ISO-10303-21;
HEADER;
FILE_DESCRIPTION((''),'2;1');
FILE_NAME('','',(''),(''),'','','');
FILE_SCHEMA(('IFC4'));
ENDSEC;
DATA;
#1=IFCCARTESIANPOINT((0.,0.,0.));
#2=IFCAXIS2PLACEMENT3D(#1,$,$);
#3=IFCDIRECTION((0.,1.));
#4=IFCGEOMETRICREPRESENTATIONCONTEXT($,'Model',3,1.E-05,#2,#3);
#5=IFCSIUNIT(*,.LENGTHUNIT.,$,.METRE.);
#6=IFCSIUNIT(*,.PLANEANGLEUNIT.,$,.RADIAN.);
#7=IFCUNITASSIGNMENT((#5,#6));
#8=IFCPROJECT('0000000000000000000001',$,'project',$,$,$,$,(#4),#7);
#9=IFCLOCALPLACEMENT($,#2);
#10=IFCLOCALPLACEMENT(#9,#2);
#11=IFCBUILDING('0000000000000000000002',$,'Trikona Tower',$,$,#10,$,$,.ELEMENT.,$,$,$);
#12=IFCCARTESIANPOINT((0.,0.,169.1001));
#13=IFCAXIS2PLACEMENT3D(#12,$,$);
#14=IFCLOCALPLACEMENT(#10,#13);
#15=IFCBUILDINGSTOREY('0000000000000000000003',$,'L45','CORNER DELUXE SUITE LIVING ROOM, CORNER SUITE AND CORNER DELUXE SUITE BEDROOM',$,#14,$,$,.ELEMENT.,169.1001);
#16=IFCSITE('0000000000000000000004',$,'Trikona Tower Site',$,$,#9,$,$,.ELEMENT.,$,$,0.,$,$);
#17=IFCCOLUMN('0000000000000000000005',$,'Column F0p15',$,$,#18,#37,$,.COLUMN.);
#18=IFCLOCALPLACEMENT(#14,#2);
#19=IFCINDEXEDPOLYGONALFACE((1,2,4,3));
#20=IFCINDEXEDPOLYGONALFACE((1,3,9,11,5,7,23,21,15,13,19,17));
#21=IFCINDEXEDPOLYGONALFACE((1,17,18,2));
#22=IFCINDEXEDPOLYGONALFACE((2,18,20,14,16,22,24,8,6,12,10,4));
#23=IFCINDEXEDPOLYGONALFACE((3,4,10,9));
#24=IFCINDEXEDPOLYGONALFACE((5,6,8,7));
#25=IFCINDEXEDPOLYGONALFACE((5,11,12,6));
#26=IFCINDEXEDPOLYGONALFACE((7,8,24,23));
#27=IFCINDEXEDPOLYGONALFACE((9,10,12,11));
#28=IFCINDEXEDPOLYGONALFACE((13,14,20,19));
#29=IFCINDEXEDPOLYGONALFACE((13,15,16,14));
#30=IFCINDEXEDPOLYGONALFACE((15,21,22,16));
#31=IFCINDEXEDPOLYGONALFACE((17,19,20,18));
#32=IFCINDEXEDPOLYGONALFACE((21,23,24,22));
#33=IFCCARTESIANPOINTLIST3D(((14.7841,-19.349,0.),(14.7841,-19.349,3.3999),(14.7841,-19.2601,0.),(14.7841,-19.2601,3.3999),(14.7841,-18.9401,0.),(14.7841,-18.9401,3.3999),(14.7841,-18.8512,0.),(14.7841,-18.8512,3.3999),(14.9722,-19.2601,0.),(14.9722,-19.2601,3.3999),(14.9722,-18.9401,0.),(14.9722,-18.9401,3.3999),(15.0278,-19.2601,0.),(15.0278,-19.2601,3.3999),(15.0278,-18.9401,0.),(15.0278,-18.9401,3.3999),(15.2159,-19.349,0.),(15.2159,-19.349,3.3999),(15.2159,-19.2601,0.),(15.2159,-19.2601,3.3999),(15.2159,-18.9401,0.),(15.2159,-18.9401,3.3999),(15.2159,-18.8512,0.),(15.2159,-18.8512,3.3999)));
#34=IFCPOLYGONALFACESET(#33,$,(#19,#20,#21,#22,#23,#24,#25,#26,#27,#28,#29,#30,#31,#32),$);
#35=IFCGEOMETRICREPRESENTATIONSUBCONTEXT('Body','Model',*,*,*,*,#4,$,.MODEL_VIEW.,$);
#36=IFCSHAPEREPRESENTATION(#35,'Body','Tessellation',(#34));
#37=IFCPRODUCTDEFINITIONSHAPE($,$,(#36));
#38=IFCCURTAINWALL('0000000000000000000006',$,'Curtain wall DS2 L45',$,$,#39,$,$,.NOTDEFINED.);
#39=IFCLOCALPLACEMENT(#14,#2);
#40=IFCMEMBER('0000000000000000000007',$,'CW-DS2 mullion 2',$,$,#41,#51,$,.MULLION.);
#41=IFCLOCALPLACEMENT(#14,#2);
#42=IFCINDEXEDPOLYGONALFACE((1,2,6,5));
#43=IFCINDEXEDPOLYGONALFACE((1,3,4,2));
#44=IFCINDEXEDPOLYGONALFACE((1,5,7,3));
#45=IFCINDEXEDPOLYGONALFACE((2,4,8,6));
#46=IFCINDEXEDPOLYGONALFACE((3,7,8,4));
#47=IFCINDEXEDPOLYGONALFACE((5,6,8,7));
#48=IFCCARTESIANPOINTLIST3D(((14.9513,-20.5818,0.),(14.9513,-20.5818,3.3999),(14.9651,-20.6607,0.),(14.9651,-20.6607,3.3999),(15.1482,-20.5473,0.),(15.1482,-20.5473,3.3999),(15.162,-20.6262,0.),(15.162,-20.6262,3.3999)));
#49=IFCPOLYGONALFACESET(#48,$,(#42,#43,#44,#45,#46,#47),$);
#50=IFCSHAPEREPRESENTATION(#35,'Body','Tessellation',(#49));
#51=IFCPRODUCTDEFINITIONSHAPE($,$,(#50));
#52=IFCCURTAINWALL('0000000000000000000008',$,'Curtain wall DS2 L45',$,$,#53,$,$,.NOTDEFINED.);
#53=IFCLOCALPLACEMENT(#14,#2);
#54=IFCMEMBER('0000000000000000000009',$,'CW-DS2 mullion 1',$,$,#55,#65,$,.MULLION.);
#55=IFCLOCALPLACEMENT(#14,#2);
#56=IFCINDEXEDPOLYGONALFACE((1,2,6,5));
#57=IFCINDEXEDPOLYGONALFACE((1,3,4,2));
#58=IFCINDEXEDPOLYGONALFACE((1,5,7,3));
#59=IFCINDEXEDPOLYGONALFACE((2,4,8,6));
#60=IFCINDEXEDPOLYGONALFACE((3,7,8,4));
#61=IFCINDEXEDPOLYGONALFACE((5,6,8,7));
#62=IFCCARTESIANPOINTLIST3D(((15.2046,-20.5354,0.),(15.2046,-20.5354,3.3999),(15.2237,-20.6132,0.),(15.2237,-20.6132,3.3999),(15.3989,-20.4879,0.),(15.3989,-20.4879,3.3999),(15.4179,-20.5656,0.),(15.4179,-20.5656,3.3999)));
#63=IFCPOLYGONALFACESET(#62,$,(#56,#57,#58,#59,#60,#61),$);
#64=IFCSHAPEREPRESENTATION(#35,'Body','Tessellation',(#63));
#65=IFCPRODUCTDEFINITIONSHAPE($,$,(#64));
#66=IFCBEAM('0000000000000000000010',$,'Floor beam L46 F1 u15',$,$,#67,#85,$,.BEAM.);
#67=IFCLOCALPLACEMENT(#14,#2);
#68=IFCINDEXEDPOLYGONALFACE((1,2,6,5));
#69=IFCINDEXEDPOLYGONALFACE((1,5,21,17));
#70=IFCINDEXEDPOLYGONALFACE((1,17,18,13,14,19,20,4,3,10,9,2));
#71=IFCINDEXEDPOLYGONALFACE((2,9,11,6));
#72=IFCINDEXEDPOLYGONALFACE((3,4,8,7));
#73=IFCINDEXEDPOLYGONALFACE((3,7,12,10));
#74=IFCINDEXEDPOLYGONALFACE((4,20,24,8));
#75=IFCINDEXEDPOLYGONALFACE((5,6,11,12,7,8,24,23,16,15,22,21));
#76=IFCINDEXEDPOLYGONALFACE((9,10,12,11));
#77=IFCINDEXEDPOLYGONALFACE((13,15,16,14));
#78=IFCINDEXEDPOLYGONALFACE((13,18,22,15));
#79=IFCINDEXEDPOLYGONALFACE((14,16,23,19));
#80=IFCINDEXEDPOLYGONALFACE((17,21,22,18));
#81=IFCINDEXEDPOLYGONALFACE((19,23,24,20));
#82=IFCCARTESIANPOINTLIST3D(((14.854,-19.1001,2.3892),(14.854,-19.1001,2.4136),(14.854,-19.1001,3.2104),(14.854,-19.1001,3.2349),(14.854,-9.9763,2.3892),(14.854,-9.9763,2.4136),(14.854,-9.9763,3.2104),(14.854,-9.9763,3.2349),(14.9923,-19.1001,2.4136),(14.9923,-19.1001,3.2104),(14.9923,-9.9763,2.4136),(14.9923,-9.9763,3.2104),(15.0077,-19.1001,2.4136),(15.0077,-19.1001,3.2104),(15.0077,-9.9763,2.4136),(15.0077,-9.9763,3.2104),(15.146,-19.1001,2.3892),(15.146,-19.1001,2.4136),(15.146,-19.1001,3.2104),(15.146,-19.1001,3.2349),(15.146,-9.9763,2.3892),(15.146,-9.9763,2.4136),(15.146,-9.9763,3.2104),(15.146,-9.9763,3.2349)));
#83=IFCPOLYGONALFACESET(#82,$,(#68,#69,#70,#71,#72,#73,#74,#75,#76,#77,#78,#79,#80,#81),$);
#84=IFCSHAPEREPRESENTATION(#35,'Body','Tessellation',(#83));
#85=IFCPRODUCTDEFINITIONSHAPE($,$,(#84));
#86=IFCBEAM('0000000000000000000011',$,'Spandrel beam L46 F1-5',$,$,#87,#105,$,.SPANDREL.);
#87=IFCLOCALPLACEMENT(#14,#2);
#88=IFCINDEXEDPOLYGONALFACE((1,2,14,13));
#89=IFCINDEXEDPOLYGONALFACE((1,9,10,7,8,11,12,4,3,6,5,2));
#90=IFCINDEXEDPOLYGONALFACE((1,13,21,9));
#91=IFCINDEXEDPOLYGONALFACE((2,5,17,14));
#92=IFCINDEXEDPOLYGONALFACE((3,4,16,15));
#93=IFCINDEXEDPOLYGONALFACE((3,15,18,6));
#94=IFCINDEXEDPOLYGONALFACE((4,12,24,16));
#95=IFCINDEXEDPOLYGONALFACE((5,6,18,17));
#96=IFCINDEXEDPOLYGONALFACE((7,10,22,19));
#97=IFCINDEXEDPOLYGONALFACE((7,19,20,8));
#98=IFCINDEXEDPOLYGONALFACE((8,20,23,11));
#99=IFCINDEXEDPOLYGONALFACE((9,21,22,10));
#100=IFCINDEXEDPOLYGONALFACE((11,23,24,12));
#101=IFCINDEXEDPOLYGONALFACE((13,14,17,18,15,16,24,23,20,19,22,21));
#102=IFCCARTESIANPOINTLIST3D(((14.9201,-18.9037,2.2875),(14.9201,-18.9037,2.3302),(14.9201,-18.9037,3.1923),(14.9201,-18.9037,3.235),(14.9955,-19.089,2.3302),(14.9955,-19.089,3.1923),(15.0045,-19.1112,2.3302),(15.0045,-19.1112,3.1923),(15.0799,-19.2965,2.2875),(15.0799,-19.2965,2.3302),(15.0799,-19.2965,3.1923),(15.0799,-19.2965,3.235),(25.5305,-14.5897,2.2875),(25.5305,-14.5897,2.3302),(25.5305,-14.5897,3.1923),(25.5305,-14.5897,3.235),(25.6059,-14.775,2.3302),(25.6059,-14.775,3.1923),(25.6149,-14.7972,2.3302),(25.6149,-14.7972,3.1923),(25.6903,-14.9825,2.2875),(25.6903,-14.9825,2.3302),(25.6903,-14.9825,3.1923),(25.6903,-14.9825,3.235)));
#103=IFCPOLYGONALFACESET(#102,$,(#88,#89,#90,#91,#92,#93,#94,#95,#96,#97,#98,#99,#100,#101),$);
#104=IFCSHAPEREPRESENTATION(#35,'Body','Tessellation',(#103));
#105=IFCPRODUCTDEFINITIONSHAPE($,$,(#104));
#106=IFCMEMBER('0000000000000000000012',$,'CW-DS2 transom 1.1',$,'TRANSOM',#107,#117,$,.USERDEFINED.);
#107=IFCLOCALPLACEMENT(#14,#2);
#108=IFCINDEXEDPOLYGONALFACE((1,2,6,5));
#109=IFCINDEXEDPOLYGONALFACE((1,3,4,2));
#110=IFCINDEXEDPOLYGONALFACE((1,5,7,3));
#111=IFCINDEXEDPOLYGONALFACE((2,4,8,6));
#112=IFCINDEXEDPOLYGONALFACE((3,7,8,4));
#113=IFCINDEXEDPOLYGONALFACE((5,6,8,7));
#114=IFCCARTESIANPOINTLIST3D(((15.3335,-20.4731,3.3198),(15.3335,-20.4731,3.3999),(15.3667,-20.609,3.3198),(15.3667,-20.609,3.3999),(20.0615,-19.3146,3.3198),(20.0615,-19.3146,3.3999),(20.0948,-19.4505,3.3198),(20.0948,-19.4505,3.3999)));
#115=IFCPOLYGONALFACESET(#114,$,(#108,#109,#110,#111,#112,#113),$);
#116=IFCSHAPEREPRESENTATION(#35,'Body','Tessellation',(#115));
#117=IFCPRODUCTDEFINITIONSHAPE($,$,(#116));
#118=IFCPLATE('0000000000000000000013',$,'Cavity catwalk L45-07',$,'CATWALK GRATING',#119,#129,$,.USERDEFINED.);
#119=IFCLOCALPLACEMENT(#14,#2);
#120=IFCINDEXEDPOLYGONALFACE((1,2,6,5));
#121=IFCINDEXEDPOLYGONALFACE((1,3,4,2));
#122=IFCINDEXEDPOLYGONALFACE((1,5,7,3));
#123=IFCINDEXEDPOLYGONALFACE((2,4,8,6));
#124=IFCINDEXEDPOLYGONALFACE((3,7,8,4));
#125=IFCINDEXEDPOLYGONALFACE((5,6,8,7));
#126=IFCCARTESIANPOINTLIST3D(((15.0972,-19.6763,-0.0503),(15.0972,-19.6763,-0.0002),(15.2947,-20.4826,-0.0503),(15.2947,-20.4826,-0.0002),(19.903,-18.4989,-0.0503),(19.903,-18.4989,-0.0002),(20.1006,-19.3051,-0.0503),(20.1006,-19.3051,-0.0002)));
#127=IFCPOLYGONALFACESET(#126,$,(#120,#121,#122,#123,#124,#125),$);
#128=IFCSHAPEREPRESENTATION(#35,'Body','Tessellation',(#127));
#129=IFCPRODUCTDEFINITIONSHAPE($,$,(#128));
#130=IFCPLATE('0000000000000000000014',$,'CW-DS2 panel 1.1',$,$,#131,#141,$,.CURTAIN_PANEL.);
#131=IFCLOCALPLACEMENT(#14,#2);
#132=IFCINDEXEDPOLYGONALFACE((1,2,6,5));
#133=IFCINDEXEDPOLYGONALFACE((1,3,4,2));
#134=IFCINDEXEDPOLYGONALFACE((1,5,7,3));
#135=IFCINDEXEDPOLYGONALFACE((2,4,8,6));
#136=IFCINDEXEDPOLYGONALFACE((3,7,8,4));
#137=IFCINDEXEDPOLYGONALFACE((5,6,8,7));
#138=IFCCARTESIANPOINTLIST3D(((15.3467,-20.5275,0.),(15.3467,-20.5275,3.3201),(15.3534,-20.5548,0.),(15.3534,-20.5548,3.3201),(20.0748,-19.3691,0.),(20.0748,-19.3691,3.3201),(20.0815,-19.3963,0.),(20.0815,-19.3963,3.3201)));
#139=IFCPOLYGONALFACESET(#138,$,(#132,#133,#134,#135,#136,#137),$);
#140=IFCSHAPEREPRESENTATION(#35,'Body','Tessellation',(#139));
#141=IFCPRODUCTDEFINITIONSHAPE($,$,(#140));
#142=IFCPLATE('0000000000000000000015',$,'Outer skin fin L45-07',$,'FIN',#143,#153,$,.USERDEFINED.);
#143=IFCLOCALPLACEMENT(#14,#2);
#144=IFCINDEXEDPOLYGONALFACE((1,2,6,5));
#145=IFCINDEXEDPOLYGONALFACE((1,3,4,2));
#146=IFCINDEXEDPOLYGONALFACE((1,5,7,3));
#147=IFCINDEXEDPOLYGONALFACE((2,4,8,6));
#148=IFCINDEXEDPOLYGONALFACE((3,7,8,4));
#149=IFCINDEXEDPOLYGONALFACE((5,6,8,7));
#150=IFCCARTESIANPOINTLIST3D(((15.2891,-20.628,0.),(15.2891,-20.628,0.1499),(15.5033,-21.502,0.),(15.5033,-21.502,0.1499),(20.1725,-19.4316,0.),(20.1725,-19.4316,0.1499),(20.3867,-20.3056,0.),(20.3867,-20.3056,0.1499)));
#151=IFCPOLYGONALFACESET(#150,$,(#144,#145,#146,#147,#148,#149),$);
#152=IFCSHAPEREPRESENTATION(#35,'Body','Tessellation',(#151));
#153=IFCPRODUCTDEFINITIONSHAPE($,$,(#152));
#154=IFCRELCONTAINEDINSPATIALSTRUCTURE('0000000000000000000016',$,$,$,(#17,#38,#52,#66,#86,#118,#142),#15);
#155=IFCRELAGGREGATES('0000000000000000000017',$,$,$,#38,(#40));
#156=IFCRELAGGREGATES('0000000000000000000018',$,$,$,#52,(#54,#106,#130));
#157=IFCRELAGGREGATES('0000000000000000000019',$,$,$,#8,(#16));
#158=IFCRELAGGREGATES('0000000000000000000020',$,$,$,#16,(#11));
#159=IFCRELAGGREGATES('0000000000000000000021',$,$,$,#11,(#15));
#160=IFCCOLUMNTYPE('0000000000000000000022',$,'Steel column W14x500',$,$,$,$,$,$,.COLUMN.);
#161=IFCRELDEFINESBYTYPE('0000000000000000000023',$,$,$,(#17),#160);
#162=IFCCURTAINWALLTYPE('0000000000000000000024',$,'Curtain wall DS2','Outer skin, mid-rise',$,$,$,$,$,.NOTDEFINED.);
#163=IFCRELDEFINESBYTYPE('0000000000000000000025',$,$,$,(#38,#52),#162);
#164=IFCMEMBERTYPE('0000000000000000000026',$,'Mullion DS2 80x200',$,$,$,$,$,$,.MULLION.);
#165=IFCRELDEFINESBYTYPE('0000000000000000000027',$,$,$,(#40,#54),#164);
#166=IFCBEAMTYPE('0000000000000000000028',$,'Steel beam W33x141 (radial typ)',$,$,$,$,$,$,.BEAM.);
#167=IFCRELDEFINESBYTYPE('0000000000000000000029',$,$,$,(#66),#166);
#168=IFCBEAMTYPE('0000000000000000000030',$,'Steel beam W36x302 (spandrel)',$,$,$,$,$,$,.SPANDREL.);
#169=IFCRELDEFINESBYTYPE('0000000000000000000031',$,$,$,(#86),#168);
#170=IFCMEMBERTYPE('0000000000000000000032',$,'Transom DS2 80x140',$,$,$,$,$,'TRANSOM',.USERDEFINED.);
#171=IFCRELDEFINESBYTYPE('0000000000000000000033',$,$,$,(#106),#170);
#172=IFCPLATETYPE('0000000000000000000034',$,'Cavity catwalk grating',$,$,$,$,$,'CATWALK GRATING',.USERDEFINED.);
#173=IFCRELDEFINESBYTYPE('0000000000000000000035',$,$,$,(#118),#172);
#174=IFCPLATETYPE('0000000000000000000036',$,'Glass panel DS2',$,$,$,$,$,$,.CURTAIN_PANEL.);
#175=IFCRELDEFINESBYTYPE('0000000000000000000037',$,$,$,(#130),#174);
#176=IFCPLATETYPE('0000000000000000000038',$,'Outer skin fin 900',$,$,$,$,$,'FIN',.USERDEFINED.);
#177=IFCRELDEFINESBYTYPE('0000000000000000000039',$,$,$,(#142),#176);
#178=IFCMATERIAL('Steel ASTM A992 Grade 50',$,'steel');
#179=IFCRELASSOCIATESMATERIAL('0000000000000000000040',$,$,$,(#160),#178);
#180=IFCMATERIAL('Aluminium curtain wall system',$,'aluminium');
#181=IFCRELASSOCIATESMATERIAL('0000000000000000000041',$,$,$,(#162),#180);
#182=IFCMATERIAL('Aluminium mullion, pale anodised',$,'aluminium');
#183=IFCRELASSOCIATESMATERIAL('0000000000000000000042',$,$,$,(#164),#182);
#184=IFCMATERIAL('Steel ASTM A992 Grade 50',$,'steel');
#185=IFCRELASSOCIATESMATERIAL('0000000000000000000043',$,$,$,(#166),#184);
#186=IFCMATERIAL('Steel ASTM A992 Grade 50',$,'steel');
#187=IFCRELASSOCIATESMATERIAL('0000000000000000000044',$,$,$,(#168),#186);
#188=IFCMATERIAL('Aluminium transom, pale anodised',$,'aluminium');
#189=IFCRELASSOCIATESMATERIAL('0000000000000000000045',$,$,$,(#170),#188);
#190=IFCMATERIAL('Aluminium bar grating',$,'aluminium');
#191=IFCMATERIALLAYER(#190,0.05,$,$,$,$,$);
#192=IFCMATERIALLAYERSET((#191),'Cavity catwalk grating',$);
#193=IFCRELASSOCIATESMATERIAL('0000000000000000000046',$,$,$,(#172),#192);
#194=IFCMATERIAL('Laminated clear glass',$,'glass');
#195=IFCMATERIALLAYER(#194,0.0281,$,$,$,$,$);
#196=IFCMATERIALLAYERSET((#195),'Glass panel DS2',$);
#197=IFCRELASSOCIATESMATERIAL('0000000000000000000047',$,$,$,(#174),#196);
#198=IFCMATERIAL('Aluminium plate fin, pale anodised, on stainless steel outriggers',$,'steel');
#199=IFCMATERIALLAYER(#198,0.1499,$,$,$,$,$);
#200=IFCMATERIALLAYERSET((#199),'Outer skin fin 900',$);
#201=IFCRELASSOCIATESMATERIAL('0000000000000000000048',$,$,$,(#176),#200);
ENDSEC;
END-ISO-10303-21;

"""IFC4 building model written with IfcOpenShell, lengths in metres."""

from ifc_helpers import new_model, si_unit, direction, frame, origin, origin_2d, place, context, subcontext, project, spatial, rectangle, i_section, extrude, material, layer, layer_set, material_profile, profile_set, type_object, element, aggregate, save


model = new_model("IFC4")

# Units and contexts
model_context = context("Model", 3, precision=1e-05, world=origin(), true_north=direction((0.0, 1.0)))
body_context = subcontext(model_context, "Body", "Model", "MODEL_VIEW")
ifc_project = project(units=[si_unit("LENGTHUNIT", "METRE"), si_unit("PLANEANGLEUNIT", "RADIAN")], contexts=[model_context])

# Site, building, storey
site_placement = place(None, origin())
site = spatial("IfcSite", under=ifc_project, at=site_placement, Name="Trikona Tower Site", CompositionType="ELEMENT", RefElevation=0.0)
building_placement = place(site_placement, origin())
building = spatial("IfcBuilding", under=site, at=building_placement, Name="Trikona Tower", CompositionType="ELEMENT")
storey_placement = place(building_placement, frame((0.0, 0.0, 169.1001)))
storey = spatial("IfcBuildingStorey", under=building, at=storey_placement, Name="L45", Description="CORNER DELUXE SUITE LIVING ROOM, CORNER SUITE AND CORNER DELUXE SUITE BEDROOM", CompositionType="ELEMENT", Elevation=169.1001)

# Column
ifc_material_1 = material(Name="Steel ASTM A992 Grade 50", Category="steel")
ifc_material_profile_1 = material_profile(ifc_material_1, i_section(OverallWidth=0.4319, OverallDepth=0.4978, WebThickness=0.0557, FlangeThickness=0.0889, at=origin_2d()), Name="W14X500")
ifc_profile_set_1 = profile_set([ifc_material_profile_1], Name="Steel ASTM A992 Grade 50")
column_type = type_object("IfcColumnType", Name="Steel column W14x500", PredefinedType="COLUMN", material=ifc_profile_set_1)
column_placement = place(storey_placement, frame((15.0, -19.1001, 0.0), z_axis=(0.0, 0.0, 1.0), x_axis=(1.0, 0.0, 0.0)))
element("IfcColumn", 1, at=column_placement, inside=storey, type_object=column_type, Name="Column F0p15", PredefinedType="COLUMN", context=body_context, shape_type="SweptSolid", body=[
    extrude(i_section(OverallWidth=0.4319, OverallDepth=0.4978, WebThickness=0.0557, FlangeThickness=0.0889, at=origin_2d()), origin(), (0.0, 0.0, 1.0), 3.3999),
])

# Curtain walls, members
ifc_material_2 = material(Name="Aluminium curtain wall system", Category="aluminium")
curtain_wall_type = type_object("IfcCurtainWallType", Name="Curtain wall DS2", Description="Outer skin, mid-rise", PredefinedType="NOTDEFINED", material=ifc_material_2)
curtain_wall_1_placement = place(storey_placement, origin())
curtain_wall_1 = element("IfcCurtainWall", 2, at=curtain_wall_1_placement, inside=storey, type_object=curtain_wall_type, Name="Curtain wall DS2 L45", PredefinedType="NOTDEFINED")
ifc_material_3 = material(Name="Aluminium mullion, pale anodised", Category="aluminium")
ifc_material_profile_2 = material_profile(ifc_material_3, rectangle(XDim=0.0801, YDim=0.2, at=origin_2d()), Name="MUL-DS2")
ifc_profile_set_2 = profile_set([ifc_material_profile_2], Name="Aluminium mullion, pale anodised")
member_type_1 = type_object("IfcMemberType", Name="Mullion DS2 80x200", PredefinedType="MULLION", material=ifc_profile_set_2)
member_1_placement = place(storey_placement, frame((15.0566, -20.604, 0.0), z_axis=(0.0, 0.0, 1.0), x_axis=(-0.172377, 0.985031, 0.0)))
member_1 = element("IfcMember", 3, at=member_1_placement, type_object=member_type_1, Name="CW-DS2 mullion 2", PredefinedType="MULLION", context=body_context, shape_type="SweptSolid", body=[
    extrude(rectangle(XDim=0.0801, YDim=0.2, at=origin_2d()), origin(), (0.0, 0.0, 1.0), 3.3999),
])
aggregate(curtain_wall_1, [member_1])
curtain_wall_2_placement = place(storey_placement, origin())
curtain_wall_2 = element("IfcCurtainWall", 4, at=curtain_wall_2_placement, inside=storey, type_object=curtain_wall_type, Name="Curtain wall DS2 L45", PredefinedType="NOTDEFINED")
member_2_placement = place(storey_placement, frame((15.3113, -20.5505, 0.0), z_axis=(0.0, 0.0, 1.0), x_axis=(-0.23797, 0.971272, 0.0)))
member_2 = element("IfcMember", 5, at=member_2_placement, type_object=member_type_1, Name="CW-DS2 mullion 1", PredefinedType="MULLION", context=body_context, shape_type="SweptSolid", body=[
    extrude(rectangle(XDim=0.0801, YDim=0.2, at=origin_2d()), origin(), (0.0, 0.0, 1.0), 3.3999),
])

# Beams
ifc_material_4 = material(Name="Steel ASTM A992 Grade 50", Category="steel")
ifc_material_profile_3 = material_profile(ifc_material_4, i_section(OverallWidth=0.292, OverallDepth=0.8457, WebThickness=0.0154, FlangeThickness=0.0244, at=origin_2d()), Name="W33X141")
ifc_profile_set_3 = profile_set([ifc_material_profile_3], Name="Steel ASTM A992 Grade 50")
beam_type_1 = type_object("IfcBeamType", Name="Steel beam W33x141 (radial typ)", PredefinedType="BEAM", material=ifc_profile_set_3)
beam_1_placement = place(storey_placement, frame((15.0, -9.9763, 2.812), z_axis=(0.0, -1.0, 0.0), x_axis=(1.0, 0.0, 0.0)))
element("IfcBeam", 6, at=beam_1_placement, inside=storey, type_object=beam_type_1, Name="Floor beam L46 F1 u15", PredefinedType="BEAM", context=body_context, shape_type="SweptSolid", body=[
    extrude(i_section(OverallWidth=0.292, OverallDepth=0.8457, WebThickness=0.0154, FlangeThickness=0.0244, at=origin_2d()), origin(), (0.0, 0.0, 1.0), 9.1238),
])
ifc_material_5 = material(Name="Steel ASTM A992 Grade 50", Category="steel")
ifc_material_profile_4 = material_profile(ifc_material_5, i_section(OverallWidth=0.4241, OverallDepth=0.9475, WebThickness=0.0239, FlangeThickness=0.0427, at=origin_2d()), Name="W36X302")
ifc_profile_set_4 = profile_set([ifc_material_profile_4], Name="Steel ASTM A992 Grade 50")
beam_type_2 = type_object("IfcBeamType", Name="Steel beam W36x302 (spandrel)", PredefinedType="SPANDREL", material=ifc_profile_set_4)
beam_2_placement = place(storey_placement, frame((15.0, -19.1001, 2.7612), z_axis=(0.92636, 0.37664, 0.0), x_axis=(-0.37664, 0.92636, 0.0)))
element("IfcBeam", 7, at=beam_2_placement, inside=storey, type_object=beam_type_2, Name="Spandrel beam L46 F1-5", PredefinedType="SPANDREL", context=body_context, shape_type="SweptSolid", body=[
    extrude(i_section(OverallWidth=0.4241, OverallDepth=0.9475, WebThickness=0.0239, FlangeThickness=0.0427, at=origin_2d()), origin(), (0.0, 0.0, 1.0), 11.4539),
])

# Member
ifc_material_6 = material(Name="Aluminium transom, pale anodised", Category="aluminium")
ifc_material_profile_5 = material_profile(ifc_material_6, rectangle(XDim=0.1399, YDim=0.0801, at=origin_2d()), Name="TRN-DS2")
ifc_profile_set_5 = profile_set([ifc_material_profile_5], Name="Aluminium transom, pale anodised")
member_type_2 = type_object("IfcMemberType", Name="Transom DS2 80x140", ElementType="TRANSOM", PredefinedType="USERDEFINED", material=ifc_profile_set_5)
member_3_placement = place(storey_placement, frame((15.3501, -20.541, 3.3599), z_axis=(0.971271, 0.237978, 0.0), x_axis=(-0.237978, 0.971271, 0.0)))
member_3 = element("IfcMember", 8, at=member_3_placement, type_object=member_type_2, Name="CW-DS2 transom 1.1", ObjectType="TRANSOM", PredefinedType="USERDEFINED", context=body_context, shape_type="SweptSolid", body=[
    extrude(rectangle(XDim=0.1399, YDim=0.0801, at=origin_2d()), origin(), (0.0, 0.0, 1.0), 4.8679),
])

# Plates
ifc_material_7 = material(Name="Aluminium bar grating", Category="aluminium")
ifc_layer_1 = layer(ifc_material_7, 0.05)
ifc_layer_set_1 = layer_set([ifc_layer_1], Name="Cavity catwalk grating")
plate_type_1 = type_object("IfcPlateType", Name="Cavity catwalk grating", ElementType="CATWALK GRATING", PredefinedType="USERDEFINED", material=ifc_layer_set_1)
plate_1_placement = place(storey_placement, frame((17.5989, -19.4907, -0.0503), z_axis=(0.0, 0.0, 1.0), x_axis=(0.971274, 0.237962, 0.0)))
element("IfcPlate", 9, at=plate_1_placement, inside=storey, type_object=plate_type_1, Name="Cavity catwalk L45-07", ObjectType="CATWALK GRATING", PredefinedType="USERDEFINED", context=body_context, shape_type="SweptSolid", body=[
    extrude(rectangle(XDim=4.948, YDim=0.8301, at=origin_2d()), origin(), (0.0, 0.0, 1.0), 0.05),
])
ifc_material_8 = material(Name="Laminated clear glass", Category="glass")
ifc_layer_2 = layer(ifc_material_8, 0.0281)
ifc_layer_set_2 = layer_set([ifc_layer_2], Name="Glass panel DS2")
plate_type_2 = type_object("IfcPlateType", Name="Glass panel DS2", PredefinedType="CURTAIN_PANEL", material=ifc_layer_set_2)
plate_2_placement = place(storey_placement, frame((17.7141, -19.9619, 0.0), z_axis=(0.0, 0.0, 1.0), x_axis=(0.971272, 0.23797, 0.0)))
plate_2 = element("IfcPlate", 10, at=plate_2_placement, type_object=plate_type_2, Name="CW-DS2 panel 1.1", PredefinedType="CURTAIN_PANEL", context=body_context, shape_type="SweptSolid", body=[
    extrude(rectangle(XDim=4.8679, YDim=0.0281, at=origin_2d()), origin(), (0.0, 0.0, 1.0), 3.3201),
])
aggregate(curtain_wall_2, [member_2, member_3, plate_2])
ifc_material_9 = material(Name="Aluminium plate fin, pale anodised, on stainless steel outriggers", Category="steel")
ifc_layer_3 = layer(ifc_material_9, 0.1499)
ifc_layer_set_3 = layer_set([ifc_layer_3], Name="Outer skin fin 900")
plate_type_3 = type_object("IfcPlateType", Name="Outer skin fin 900", ElementType="FIN", PredefinedType="USERDEFINED", material=ifc_layer_set_3)
plate_3_placement = place(storey_placement, frame((17.8379, -20.4668, 0.0), z_axis=(0.0, 0.0, 1.0), x_axis=(0.971274, 0.237962, 0.0)))
element("IfcPlate", 11, at=plate_3_placement, inside=storey, type_object=plate_type_3, Name="Outer skin fin L45-07", ObjectType="FIN", PredefinedType="USERDEFINED", context=body_context, shape_type="SweptSolid", body=[
    extrude(rectangle(XDim=5.0278, YDim=0.8999, at=origin_2d()), origin(), (0.0, 0.0, 1.0), 0.1499),
])

save(model, "model.ifc")
